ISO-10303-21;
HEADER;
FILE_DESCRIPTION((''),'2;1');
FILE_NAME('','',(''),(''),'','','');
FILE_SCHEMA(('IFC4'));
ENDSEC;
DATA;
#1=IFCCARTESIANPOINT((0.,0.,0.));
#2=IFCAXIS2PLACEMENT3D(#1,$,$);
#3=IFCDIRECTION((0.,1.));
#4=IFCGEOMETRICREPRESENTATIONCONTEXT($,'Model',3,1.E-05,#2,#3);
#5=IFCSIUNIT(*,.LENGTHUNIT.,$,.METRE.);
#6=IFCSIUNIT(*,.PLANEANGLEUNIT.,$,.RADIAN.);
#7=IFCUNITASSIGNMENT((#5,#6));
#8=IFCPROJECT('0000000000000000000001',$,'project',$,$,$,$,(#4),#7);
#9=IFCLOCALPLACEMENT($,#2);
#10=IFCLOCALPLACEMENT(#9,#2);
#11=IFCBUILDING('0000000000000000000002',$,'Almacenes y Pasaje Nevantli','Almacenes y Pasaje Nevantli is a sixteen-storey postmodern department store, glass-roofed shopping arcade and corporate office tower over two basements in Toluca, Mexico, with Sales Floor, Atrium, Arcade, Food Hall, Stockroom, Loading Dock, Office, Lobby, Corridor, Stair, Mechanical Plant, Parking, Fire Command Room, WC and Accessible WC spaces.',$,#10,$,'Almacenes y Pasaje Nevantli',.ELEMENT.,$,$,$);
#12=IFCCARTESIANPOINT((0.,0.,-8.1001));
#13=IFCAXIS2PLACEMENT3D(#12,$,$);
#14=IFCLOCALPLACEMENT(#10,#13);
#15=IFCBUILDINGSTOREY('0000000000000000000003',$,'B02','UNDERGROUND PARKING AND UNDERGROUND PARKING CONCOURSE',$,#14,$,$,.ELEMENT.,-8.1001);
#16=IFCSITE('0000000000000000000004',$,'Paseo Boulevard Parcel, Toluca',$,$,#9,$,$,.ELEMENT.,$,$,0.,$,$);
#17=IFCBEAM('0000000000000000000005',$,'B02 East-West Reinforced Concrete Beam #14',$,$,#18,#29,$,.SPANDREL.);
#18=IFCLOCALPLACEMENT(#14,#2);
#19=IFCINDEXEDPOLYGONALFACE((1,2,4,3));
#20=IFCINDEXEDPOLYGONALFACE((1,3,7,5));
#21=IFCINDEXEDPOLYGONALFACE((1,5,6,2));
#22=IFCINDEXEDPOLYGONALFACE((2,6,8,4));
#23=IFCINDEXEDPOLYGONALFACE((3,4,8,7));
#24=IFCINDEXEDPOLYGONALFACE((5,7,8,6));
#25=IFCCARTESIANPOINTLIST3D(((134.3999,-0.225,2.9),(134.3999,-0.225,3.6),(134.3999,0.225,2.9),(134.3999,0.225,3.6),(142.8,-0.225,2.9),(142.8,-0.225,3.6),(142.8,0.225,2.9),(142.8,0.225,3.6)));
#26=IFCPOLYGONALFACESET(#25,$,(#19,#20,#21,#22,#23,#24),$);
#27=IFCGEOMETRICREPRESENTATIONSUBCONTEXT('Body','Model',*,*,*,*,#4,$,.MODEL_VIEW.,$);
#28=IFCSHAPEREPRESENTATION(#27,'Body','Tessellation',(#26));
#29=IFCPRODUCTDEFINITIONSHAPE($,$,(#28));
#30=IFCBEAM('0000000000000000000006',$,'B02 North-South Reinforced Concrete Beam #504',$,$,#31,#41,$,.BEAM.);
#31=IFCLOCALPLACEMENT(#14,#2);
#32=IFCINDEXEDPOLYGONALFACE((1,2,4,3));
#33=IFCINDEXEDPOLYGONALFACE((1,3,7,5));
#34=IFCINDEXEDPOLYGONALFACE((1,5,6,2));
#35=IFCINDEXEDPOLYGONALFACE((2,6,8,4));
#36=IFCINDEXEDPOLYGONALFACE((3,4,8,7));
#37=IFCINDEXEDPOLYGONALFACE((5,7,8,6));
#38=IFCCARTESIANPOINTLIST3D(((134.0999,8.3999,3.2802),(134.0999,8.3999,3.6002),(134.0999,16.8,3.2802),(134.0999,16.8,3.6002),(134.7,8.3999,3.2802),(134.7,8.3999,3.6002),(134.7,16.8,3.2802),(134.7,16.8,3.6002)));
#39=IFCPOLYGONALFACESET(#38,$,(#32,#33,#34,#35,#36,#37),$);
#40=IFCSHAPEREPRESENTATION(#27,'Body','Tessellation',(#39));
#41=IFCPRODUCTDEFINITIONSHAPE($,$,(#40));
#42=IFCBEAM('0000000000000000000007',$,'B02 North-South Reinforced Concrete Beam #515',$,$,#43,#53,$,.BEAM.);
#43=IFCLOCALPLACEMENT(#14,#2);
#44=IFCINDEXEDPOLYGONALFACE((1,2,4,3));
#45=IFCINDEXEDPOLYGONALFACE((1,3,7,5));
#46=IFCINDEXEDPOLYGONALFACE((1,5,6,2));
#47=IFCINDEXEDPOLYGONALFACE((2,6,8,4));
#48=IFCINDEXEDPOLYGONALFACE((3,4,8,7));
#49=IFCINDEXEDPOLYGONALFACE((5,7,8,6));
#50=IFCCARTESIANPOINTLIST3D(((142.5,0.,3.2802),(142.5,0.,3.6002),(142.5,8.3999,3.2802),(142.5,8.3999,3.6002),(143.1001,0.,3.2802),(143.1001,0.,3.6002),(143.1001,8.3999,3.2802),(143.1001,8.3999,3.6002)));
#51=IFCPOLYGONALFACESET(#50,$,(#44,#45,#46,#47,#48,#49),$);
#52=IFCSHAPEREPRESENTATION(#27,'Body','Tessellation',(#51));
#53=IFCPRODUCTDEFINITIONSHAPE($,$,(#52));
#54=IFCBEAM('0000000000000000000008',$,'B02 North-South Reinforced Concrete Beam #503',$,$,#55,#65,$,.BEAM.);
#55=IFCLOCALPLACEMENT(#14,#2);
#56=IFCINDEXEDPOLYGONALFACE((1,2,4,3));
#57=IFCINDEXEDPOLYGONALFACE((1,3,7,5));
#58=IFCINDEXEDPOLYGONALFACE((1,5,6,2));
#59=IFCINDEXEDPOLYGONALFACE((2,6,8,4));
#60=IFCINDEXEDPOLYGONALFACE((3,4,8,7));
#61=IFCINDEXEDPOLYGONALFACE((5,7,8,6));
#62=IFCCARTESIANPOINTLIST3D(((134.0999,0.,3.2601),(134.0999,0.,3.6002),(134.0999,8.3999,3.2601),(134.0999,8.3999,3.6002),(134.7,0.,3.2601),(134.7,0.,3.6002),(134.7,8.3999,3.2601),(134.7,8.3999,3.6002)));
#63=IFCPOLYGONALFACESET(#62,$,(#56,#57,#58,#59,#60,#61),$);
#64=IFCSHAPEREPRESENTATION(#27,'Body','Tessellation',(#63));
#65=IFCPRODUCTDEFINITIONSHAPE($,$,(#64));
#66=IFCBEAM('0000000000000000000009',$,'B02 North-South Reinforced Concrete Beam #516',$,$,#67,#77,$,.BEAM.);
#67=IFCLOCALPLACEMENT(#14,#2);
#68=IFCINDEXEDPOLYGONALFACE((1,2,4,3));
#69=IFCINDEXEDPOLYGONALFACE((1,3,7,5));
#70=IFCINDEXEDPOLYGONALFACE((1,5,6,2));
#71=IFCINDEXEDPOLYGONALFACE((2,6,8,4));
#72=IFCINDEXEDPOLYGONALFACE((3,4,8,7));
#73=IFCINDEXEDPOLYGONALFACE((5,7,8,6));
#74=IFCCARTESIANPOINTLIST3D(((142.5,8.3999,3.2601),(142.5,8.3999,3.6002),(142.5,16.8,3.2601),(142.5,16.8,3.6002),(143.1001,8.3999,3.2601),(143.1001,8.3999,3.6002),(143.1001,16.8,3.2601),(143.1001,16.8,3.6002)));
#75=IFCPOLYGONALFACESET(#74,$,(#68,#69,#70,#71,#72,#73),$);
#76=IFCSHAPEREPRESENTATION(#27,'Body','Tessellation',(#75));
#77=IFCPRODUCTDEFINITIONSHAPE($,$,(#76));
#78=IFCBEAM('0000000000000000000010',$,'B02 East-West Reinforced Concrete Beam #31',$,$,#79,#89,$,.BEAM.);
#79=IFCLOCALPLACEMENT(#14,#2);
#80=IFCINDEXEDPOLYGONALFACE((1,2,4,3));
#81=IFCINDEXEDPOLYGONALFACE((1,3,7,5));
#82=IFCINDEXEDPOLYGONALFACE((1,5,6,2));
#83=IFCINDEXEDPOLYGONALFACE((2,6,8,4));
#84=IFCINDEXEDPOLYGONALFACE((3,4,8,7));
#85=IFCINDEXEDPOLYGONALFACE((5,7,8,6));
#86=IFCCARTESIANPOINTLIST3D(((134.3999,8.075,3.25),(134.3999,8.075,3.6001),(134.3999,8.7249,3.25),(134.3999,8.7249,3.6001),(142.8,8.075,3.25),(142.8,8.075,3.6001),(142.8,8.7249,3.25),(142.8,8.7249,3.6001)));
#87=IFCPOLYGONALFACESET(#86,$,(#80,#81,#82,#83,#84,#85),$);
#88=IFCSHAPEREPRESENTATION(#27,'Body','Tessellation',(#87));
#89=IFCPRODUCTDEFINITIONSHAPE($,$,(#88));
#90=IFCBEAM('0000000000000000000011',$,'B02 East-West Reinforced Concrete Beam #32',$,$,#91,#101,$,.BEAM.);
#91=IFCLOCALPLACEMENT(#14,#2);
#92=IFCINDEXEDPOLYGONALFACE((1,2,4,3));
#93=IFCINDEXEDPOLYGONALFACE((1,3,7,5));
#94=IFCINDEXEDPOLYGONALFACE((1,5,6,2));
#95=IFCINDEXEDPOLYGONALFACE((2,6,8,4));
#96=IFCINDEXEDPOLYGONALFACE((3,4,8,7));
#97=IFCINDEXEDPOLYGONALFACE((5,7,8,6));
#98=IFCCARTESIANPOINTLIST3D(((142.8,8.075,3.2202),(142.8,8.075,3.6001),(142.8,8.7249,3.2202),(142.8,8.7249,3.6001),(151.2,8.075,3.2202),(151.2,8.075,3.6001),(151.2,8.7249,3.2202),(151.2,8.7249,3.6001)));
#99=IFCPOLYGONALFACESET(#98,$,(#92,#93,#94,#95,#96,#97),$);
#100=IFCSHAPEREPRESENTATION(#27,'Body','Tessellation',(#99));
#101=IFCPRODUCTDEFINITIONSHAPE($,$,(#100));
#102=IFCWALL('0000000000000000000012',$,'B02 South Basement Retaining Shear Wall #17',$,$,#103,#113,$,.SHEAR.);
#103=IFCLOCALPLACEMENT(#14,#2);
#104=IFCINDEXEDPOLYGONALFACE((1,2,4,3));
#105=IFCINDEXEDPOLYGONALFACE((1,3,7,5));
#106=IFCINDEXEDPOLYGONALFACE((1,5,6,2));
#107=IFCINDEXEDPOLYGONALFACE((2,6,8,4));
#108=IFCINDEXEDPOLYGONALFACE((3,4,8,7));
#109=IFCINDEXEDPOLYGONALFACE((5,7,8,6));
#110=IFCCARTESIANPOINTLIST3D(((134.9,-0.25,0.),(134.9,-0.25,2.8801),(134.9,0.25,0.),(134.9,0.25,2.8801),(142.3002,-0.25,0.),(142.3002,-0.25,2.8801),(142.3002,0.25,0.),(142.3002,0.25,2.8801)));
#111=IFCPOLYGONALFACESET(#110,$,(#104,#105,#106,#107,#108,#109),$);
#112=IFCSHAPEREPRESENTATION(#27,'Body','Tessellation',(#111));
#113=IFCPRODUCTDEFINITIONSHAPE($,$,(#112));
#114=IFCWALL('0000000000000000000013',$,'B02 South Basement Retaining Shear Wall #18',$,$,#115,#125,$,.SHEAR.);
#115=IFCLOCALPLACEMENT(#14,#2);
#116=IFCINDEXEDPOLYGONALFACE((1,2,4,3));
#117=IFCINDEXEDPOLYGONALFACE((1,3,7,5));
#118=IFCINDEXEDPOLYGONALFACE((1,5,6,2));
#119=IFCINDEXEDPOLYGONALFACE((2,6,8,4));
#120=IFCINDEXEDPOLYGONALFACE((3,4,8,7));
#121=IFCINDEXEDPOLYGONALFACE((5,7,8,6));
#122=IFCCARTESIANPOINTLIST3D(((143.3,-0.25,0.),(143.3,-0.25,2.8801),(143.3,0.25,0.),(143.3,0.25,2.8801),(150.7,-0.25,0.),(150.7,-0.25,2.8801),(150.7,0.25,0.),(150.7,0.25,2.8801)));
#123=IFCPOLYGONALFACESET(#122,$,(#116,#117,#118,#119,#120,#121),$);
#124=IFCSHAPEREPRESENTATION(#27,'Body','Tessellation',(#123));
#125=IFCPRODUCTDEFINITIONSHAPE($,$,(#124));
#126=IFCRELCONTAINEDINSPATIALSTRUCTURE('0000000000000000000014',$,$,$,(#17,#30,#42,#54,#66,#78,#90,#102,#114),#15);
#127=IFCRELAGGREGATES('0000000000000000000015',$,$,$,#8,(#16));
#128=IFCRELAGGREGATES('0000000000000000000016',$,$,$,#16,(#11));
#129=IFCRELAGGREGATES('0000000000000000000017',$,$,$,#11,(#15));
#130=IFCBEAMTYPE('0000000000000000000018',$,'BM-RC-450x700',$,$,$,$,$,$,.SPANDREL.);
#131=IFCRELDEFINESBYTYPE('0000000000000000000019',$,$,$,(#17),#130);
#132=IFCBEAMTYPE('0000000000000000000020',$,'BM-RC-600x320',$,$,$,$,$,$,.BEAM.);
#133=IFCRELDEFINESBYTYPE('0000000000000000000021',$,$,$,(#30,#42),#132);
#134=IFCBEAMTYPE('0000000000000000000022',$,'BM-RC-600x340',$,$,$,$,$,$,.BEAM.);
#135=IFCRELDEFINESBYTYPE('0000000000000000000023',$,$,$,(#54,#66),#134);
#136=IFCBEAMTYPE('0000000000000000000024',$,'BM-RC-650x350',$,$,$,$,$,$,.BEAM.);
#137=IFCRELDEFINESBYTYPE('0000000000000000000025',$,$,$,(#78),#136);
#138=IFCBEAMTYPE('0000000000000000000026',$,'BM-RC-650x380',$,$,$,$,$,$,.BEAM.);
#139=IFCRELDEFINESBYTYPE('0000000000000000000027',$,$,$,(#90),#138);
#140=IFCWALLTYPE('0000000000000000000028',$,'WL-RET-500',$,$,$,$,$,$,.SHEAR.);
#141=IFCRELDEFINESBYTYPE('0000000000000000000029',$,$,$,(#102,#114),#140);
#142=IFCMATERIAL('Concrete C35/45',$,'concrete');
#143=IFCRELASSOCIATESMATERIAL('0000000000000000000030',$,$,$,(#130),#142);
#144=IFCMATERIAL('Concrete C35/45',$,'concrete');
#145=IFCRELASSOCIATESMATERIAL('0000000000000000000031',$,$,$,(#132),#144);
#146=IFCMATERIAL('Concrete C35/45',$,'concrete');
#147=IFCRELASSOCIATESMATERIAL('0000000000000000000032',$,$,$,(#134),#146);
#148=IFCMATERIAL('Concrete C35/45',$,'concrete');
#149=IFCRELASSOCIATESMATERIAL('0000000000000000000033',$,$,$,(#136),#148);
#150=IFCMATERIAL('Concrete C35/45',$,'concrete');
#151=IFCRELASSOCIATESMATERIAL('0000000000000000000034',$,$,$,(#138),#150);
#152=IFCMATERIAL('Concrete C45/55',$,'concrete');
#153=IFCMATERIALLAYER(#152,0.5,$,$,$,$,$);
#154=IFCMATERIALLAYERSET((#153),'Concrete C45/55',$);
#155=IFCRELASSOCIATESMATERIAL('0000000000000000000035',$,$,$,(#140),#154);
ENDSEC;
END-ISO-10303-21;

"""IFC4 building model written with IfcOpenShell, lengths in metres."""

from ifc_helpers import new_model, si_unit, direction, frame, frame_2d, origin, origin_2d, place, context, subcontext, project, spatial, rectangle, extrude, material, layer, layer_set, material_profile, profile_set, type_object, element, save


model = new_model("IFC4")

# Units and contexts
model_context = context("Model", 3, precision=1e-05, world=origin(), true_north=direction((0.0, 1.0)))
body_context = subcontext(model_context, "Body", "Model", "MODEL_VIEW")
ifc_project = project(units=[si_unit("LENGTHUNIT", "METRE"), si_unit("PLANEANGLEUNIT", "RADIAN")], contexts=[model_context])

# Site, building, storey
site_placement = place(None, origin())
site = spatial("IfcSite", under=ifc_project, at=site_placement, Name="Paseo Boulevard Parcel, Toluca", CompositionType="ELEMENT", RefElevation=0.0)
building_placement = place(site_placement, origin())
building = spatial("IfcBuilding", under=site, at=building_placement, Name="Almacenes y Pasaje Nevantli", Description="Almacenes y Pasaje Nevantli is a sixteen-storey postmodern department store, glass-roofed shopping arcade and corporate office tower over two basements in Toluca, Mexico, with Sales Floor, Atrium, Arcade, Food Hall, Stockroom, Loading Dock, Office, Lobby, Corridor, Stair, Mechanical Plant, Parking, Fire Command Room, WC and Accessible WC spaces.", LongName="Almacenes y Pasaje Nevantli", CompositionType="ELEMENT")
storey_placement = place(building_placement, frame((0.0, 0.0, -8.1001)))
storey = spatial("IfcBuildingStorey", under=building, at=storey_placement, Name="B02", Description="UNDERGROUND PARKING AND UNDERGROUND PARKING CONCOURSE", CompositionType="ELEMENT", Elevation=-8.1001)

# Beams
ifc_material_1 = material(Name="Concrete C35/45", Category="concrete")
ifc_material_profile_1 = material_profile(ifc_material_1, rectangle(XDim=0.45, YDim=0.7, at=origin_2d()), Name="RC-BM-450x700")
ifc_profile_set_1 = profile_set([ifc_material_profile_1], Name="Concrete C35/45")
beam_type_1 = type_object("IfcBeamType", Name="BM-RC-450x700", PredefinedType="SPANDREL", material=ifc_profile_set_1)
beam_1_placement = place(storey_placement, frame((134.3999, 0.0, 3.25), z_axis=(1.0, 0.0, 0.0), x_axis=(0.0, 1.0, 0.0)))
element("IfcBeam", 1, at=beam_1_placement, inside=storey, type_object=beam_type_1, Name="B02 East-West Reinforced Concrete Beam #14", PredefinedType="SPANDREL", context=body_context, shape_type="SweptSolid", body=[
    extrude(rectangle(XDim=0.45, YDim=0.7, at=origin_2d()), origin(), (0.0, 0.0, 1.0), 8.4001),
])
ifc_material_2 = material(Name="Concrete C35/45", Category="concrete")
ifc_material_profile_2 = material_profile(ifc_material_2, rectangle(XDim=0.6001, YDim=0.3201, at=origin_2d()), Name="RC-BM-600x320")
ifc_profile_set_2 = profile_set([ifc_material_profile_2], Name="Concrete C35/45")
beam_type_2 = type_object("IfcBeamType", Name="BM-RC-600x320", PredefinedType="BEAM", material=ifc_profile_set_2)
beam_2_placement = place(storey_placement, frame((134.3999, 8.3999, 3.4402), z_axis=(0.0, 1.0, 0.0), x_axis=(-1.0, 0.0, 0.0)))
element("IfcBeam", 2, at=beam_2_placement, inside=storey, type_object=beam_type_2, Name="B02 North-South Reinforced Concrete Beam #504", PredefinedType="BEAM", context=body_context, shape_type="SweptSolid", body=[
    extrude(rectangle(XDim=0.6001, YDim=0.3201, at=origin_2d()), origin(), (0.0, 0.0, 1.0), 8.4001),
])
beam_3_placement = place(storey_placement, frame((142.8, 0.0, 3.4402), z_axis=(0.0, 1.0, 0.0), x_axis=(-1.0, 0.0, 0.0)))
element("IfcBeam", 3, at=beam_3_placement, inside=storey, type_object=beam_type_2, Name="B02 North-South Reinforced Concrete Beam #515", PredefinedType="BEAM", context=body_context, shape_type="SweptSolid", body=[
    extrude(rectangle(XDim=0.6001, YDim=0.3201, at=origin_2d()), origin(), (0.0, 0.0, 1.0), 8.3999),
])
ifc_material_3 = material(Name="Concrete C35/45", Category="concrete")
ifc_material_profile_3 = material_profile(ifc_material_3, rectangle(XDim=0.6001, YDim=0.3401, at=origin_2d()), Name="RC-BM-600x340")
ifc_profile_set_3 = profile_set([ifc_material_profile_3], Name="Concrete C35/45")
beam_type_3 = type_object("IfcBeamType", Name="BM-RC-600x340", PredefinedType="BEAM", material=ifc_profile_set_3)
beam_4_placement = place(storey_placement, frame((134.3999, 0.0, 3.4302), z_axis=(0.0, 1.0, 0.0), x_axis=(-1.0, 0.0, 0.0)))
element("IfcBeam", 4, at=beam_4_placement, inside=storey, type_object=beam_type_3, Name="B02 North-South Reinforced Concrete Beam #503", PredefinedType="BEAM", context=body_context, shape_type="SweptSolid", body=[
    extrude(rectangle(XDim=0.6001, YDim=0.3401, at=origin_2d()), origin(), (0.0, 0.0, 1.0), 8.3999),
])
beam_5_placement = place(storey_placement, frame((142.8, 8.3999, 3.4302), z_axis=(0.0, 1.0, 0.0), x_axis=(-1.0, 0.0, 0.0)))
element("IfcBeam", 5, at=beam_5_placement, inside=storey, type_object=beam_type_3, Name="B02 North-South Reinforced Concrete Beam #516", PredefinedType="BEAM", context=body_context, shape_type="SweptSolid", body=[
    extrude(rectangle(XDim=0.6001, YDim=0.3401, at=origin_2d()), origin(), (0.0, 0.0, 1.0), 8.4001),
])
ifc_material_4 = material(Name="Concrete C35/45", Category="concrete")
ifc_material_profile_4 = material_profile(ifc_material_4, rectangle(XDim=0.6499, YDim=0.3501, at=origin_2d()), Name="RC-BM-650x350")
ifc_profile_set_4 = profile_set([ifc_material_profile_4], Name="Concrete C35/45")
beam_type_4 = type_object("IfcBeamType", Name="BM-RC-650x350", PredefinedType="BEAM", material=ifc_profile_set_4)
beam_6_placement = place(storey_placement, frame((134.3999, 8.3999, 3.425), z_axis=(1.0, 0.0, 0.0), x_axis=(0.0, 1.0, 0.0)))
element("IfcBeam", 6, at=beam_6_placement, inside=storey, type_object=beam_type_4, Name="B02 East-West Reinforced Concrete Beam #31", PredefinedType="BEAM", context=body_context, shape_type="SweptSolid", body=[
    extrude(rectangle(XDim=0.6499, YDim=0.3501, at=origin_2d()), origin(), (0.0, 0.0, 1.0), 8.4001),
])
ifc_material_5 = material(Name="Concrete C35/45", Category="concrete")
ifc_material_profile_5 = material_profile(ifc_material_5, rectangle(XDim=0.6499, YDim=0.3799, at=origin_2d()), Name="RC-BM-650x380")
ifc_profile_set_5 = profile_set([ifc_material_profile_5], Name="Concrete C35/45")
beam_type_5 = type_object("IfcBeamType", Name="BM-RC-650x380", PredefinedType="BEAM", material=ifc_profile_set_5)
beam_7_placement = place(storey_placement, frame((142.8, 8.3999, 3.4102), z_axis=(1.0, 0.0, 0.0), x_axis=(0.0, 1.0, 0.0)))
element("IfcBeam", 7, at=beam_7_placement, inside=storey, type_object=beam_type_5, Name="B02 East-West Reinforced Concrete Beam #32", PredefinedType="BEAM", context=body_context, shape_type="SweptSolid", body=[
    extrude(rectangle(XDim=0.6499, YDim=0.3799, at=origin_2d()), origin(), (0.0, 0.0, 1.0), 8.3999),
])

# Walls
ifc_material_6 = material(Name="Concrete C45/55", Category="concrete")
ifc_layer_1 = layer(ifc_material_6, 0.5)
ifc_layer_set_1 = layer_set([ifc_layer_1], Name="Concrete C45/55")
wall_type = type_object("IfcWallType", Name="WL-RET-500", PredefinedType="SHEAR", material=ifc_layer_set_1)
wall_1_placement = place(storey_placement, frame((134.8999, 0.0, 0.0), z_axis=(0.0, 0.0, 1.0), x_axis=(1.0, 0.0, 0.0)))
element("IfcWall", 8, at=wall_1_placement, inside=storey, type_object=wall_type, Name="B02 South Basement Retaining Shear Wall #17", PredefinedType="SHEAR", context=body_context, shape_type="SweptSolid", body=[
    extrude(rectangle(XDim=7.4001, YDim=0.5, at=frame_2d((3.7002, 0.0))), origin(), (0.0, 0.0, 1.0), 2.8801),
])
wall_2_placement = place(storey_placement, frame((143.3, 0.0, 0.0), z_axis=(0.0, 0.0, 1.0), x_axis=(1.0, 0.0, 0.0)))
element("IfcWall", 9, at=wall_2_placement, inside=storey, type_object=wall_type, Name="B02 South Basement Retaining Shear Wall #18", PredefinedType="SHEAR", context=body_context, shape_type="SweptSolid", body=[
    extrude(rectangle(XDim=7.3999, YDim=0.5, at=frame_2d((3.7, 0.0))), origin(), (0.0, 0.0, 1.0), 2.8801),
])

save(model, "model.ifc")
